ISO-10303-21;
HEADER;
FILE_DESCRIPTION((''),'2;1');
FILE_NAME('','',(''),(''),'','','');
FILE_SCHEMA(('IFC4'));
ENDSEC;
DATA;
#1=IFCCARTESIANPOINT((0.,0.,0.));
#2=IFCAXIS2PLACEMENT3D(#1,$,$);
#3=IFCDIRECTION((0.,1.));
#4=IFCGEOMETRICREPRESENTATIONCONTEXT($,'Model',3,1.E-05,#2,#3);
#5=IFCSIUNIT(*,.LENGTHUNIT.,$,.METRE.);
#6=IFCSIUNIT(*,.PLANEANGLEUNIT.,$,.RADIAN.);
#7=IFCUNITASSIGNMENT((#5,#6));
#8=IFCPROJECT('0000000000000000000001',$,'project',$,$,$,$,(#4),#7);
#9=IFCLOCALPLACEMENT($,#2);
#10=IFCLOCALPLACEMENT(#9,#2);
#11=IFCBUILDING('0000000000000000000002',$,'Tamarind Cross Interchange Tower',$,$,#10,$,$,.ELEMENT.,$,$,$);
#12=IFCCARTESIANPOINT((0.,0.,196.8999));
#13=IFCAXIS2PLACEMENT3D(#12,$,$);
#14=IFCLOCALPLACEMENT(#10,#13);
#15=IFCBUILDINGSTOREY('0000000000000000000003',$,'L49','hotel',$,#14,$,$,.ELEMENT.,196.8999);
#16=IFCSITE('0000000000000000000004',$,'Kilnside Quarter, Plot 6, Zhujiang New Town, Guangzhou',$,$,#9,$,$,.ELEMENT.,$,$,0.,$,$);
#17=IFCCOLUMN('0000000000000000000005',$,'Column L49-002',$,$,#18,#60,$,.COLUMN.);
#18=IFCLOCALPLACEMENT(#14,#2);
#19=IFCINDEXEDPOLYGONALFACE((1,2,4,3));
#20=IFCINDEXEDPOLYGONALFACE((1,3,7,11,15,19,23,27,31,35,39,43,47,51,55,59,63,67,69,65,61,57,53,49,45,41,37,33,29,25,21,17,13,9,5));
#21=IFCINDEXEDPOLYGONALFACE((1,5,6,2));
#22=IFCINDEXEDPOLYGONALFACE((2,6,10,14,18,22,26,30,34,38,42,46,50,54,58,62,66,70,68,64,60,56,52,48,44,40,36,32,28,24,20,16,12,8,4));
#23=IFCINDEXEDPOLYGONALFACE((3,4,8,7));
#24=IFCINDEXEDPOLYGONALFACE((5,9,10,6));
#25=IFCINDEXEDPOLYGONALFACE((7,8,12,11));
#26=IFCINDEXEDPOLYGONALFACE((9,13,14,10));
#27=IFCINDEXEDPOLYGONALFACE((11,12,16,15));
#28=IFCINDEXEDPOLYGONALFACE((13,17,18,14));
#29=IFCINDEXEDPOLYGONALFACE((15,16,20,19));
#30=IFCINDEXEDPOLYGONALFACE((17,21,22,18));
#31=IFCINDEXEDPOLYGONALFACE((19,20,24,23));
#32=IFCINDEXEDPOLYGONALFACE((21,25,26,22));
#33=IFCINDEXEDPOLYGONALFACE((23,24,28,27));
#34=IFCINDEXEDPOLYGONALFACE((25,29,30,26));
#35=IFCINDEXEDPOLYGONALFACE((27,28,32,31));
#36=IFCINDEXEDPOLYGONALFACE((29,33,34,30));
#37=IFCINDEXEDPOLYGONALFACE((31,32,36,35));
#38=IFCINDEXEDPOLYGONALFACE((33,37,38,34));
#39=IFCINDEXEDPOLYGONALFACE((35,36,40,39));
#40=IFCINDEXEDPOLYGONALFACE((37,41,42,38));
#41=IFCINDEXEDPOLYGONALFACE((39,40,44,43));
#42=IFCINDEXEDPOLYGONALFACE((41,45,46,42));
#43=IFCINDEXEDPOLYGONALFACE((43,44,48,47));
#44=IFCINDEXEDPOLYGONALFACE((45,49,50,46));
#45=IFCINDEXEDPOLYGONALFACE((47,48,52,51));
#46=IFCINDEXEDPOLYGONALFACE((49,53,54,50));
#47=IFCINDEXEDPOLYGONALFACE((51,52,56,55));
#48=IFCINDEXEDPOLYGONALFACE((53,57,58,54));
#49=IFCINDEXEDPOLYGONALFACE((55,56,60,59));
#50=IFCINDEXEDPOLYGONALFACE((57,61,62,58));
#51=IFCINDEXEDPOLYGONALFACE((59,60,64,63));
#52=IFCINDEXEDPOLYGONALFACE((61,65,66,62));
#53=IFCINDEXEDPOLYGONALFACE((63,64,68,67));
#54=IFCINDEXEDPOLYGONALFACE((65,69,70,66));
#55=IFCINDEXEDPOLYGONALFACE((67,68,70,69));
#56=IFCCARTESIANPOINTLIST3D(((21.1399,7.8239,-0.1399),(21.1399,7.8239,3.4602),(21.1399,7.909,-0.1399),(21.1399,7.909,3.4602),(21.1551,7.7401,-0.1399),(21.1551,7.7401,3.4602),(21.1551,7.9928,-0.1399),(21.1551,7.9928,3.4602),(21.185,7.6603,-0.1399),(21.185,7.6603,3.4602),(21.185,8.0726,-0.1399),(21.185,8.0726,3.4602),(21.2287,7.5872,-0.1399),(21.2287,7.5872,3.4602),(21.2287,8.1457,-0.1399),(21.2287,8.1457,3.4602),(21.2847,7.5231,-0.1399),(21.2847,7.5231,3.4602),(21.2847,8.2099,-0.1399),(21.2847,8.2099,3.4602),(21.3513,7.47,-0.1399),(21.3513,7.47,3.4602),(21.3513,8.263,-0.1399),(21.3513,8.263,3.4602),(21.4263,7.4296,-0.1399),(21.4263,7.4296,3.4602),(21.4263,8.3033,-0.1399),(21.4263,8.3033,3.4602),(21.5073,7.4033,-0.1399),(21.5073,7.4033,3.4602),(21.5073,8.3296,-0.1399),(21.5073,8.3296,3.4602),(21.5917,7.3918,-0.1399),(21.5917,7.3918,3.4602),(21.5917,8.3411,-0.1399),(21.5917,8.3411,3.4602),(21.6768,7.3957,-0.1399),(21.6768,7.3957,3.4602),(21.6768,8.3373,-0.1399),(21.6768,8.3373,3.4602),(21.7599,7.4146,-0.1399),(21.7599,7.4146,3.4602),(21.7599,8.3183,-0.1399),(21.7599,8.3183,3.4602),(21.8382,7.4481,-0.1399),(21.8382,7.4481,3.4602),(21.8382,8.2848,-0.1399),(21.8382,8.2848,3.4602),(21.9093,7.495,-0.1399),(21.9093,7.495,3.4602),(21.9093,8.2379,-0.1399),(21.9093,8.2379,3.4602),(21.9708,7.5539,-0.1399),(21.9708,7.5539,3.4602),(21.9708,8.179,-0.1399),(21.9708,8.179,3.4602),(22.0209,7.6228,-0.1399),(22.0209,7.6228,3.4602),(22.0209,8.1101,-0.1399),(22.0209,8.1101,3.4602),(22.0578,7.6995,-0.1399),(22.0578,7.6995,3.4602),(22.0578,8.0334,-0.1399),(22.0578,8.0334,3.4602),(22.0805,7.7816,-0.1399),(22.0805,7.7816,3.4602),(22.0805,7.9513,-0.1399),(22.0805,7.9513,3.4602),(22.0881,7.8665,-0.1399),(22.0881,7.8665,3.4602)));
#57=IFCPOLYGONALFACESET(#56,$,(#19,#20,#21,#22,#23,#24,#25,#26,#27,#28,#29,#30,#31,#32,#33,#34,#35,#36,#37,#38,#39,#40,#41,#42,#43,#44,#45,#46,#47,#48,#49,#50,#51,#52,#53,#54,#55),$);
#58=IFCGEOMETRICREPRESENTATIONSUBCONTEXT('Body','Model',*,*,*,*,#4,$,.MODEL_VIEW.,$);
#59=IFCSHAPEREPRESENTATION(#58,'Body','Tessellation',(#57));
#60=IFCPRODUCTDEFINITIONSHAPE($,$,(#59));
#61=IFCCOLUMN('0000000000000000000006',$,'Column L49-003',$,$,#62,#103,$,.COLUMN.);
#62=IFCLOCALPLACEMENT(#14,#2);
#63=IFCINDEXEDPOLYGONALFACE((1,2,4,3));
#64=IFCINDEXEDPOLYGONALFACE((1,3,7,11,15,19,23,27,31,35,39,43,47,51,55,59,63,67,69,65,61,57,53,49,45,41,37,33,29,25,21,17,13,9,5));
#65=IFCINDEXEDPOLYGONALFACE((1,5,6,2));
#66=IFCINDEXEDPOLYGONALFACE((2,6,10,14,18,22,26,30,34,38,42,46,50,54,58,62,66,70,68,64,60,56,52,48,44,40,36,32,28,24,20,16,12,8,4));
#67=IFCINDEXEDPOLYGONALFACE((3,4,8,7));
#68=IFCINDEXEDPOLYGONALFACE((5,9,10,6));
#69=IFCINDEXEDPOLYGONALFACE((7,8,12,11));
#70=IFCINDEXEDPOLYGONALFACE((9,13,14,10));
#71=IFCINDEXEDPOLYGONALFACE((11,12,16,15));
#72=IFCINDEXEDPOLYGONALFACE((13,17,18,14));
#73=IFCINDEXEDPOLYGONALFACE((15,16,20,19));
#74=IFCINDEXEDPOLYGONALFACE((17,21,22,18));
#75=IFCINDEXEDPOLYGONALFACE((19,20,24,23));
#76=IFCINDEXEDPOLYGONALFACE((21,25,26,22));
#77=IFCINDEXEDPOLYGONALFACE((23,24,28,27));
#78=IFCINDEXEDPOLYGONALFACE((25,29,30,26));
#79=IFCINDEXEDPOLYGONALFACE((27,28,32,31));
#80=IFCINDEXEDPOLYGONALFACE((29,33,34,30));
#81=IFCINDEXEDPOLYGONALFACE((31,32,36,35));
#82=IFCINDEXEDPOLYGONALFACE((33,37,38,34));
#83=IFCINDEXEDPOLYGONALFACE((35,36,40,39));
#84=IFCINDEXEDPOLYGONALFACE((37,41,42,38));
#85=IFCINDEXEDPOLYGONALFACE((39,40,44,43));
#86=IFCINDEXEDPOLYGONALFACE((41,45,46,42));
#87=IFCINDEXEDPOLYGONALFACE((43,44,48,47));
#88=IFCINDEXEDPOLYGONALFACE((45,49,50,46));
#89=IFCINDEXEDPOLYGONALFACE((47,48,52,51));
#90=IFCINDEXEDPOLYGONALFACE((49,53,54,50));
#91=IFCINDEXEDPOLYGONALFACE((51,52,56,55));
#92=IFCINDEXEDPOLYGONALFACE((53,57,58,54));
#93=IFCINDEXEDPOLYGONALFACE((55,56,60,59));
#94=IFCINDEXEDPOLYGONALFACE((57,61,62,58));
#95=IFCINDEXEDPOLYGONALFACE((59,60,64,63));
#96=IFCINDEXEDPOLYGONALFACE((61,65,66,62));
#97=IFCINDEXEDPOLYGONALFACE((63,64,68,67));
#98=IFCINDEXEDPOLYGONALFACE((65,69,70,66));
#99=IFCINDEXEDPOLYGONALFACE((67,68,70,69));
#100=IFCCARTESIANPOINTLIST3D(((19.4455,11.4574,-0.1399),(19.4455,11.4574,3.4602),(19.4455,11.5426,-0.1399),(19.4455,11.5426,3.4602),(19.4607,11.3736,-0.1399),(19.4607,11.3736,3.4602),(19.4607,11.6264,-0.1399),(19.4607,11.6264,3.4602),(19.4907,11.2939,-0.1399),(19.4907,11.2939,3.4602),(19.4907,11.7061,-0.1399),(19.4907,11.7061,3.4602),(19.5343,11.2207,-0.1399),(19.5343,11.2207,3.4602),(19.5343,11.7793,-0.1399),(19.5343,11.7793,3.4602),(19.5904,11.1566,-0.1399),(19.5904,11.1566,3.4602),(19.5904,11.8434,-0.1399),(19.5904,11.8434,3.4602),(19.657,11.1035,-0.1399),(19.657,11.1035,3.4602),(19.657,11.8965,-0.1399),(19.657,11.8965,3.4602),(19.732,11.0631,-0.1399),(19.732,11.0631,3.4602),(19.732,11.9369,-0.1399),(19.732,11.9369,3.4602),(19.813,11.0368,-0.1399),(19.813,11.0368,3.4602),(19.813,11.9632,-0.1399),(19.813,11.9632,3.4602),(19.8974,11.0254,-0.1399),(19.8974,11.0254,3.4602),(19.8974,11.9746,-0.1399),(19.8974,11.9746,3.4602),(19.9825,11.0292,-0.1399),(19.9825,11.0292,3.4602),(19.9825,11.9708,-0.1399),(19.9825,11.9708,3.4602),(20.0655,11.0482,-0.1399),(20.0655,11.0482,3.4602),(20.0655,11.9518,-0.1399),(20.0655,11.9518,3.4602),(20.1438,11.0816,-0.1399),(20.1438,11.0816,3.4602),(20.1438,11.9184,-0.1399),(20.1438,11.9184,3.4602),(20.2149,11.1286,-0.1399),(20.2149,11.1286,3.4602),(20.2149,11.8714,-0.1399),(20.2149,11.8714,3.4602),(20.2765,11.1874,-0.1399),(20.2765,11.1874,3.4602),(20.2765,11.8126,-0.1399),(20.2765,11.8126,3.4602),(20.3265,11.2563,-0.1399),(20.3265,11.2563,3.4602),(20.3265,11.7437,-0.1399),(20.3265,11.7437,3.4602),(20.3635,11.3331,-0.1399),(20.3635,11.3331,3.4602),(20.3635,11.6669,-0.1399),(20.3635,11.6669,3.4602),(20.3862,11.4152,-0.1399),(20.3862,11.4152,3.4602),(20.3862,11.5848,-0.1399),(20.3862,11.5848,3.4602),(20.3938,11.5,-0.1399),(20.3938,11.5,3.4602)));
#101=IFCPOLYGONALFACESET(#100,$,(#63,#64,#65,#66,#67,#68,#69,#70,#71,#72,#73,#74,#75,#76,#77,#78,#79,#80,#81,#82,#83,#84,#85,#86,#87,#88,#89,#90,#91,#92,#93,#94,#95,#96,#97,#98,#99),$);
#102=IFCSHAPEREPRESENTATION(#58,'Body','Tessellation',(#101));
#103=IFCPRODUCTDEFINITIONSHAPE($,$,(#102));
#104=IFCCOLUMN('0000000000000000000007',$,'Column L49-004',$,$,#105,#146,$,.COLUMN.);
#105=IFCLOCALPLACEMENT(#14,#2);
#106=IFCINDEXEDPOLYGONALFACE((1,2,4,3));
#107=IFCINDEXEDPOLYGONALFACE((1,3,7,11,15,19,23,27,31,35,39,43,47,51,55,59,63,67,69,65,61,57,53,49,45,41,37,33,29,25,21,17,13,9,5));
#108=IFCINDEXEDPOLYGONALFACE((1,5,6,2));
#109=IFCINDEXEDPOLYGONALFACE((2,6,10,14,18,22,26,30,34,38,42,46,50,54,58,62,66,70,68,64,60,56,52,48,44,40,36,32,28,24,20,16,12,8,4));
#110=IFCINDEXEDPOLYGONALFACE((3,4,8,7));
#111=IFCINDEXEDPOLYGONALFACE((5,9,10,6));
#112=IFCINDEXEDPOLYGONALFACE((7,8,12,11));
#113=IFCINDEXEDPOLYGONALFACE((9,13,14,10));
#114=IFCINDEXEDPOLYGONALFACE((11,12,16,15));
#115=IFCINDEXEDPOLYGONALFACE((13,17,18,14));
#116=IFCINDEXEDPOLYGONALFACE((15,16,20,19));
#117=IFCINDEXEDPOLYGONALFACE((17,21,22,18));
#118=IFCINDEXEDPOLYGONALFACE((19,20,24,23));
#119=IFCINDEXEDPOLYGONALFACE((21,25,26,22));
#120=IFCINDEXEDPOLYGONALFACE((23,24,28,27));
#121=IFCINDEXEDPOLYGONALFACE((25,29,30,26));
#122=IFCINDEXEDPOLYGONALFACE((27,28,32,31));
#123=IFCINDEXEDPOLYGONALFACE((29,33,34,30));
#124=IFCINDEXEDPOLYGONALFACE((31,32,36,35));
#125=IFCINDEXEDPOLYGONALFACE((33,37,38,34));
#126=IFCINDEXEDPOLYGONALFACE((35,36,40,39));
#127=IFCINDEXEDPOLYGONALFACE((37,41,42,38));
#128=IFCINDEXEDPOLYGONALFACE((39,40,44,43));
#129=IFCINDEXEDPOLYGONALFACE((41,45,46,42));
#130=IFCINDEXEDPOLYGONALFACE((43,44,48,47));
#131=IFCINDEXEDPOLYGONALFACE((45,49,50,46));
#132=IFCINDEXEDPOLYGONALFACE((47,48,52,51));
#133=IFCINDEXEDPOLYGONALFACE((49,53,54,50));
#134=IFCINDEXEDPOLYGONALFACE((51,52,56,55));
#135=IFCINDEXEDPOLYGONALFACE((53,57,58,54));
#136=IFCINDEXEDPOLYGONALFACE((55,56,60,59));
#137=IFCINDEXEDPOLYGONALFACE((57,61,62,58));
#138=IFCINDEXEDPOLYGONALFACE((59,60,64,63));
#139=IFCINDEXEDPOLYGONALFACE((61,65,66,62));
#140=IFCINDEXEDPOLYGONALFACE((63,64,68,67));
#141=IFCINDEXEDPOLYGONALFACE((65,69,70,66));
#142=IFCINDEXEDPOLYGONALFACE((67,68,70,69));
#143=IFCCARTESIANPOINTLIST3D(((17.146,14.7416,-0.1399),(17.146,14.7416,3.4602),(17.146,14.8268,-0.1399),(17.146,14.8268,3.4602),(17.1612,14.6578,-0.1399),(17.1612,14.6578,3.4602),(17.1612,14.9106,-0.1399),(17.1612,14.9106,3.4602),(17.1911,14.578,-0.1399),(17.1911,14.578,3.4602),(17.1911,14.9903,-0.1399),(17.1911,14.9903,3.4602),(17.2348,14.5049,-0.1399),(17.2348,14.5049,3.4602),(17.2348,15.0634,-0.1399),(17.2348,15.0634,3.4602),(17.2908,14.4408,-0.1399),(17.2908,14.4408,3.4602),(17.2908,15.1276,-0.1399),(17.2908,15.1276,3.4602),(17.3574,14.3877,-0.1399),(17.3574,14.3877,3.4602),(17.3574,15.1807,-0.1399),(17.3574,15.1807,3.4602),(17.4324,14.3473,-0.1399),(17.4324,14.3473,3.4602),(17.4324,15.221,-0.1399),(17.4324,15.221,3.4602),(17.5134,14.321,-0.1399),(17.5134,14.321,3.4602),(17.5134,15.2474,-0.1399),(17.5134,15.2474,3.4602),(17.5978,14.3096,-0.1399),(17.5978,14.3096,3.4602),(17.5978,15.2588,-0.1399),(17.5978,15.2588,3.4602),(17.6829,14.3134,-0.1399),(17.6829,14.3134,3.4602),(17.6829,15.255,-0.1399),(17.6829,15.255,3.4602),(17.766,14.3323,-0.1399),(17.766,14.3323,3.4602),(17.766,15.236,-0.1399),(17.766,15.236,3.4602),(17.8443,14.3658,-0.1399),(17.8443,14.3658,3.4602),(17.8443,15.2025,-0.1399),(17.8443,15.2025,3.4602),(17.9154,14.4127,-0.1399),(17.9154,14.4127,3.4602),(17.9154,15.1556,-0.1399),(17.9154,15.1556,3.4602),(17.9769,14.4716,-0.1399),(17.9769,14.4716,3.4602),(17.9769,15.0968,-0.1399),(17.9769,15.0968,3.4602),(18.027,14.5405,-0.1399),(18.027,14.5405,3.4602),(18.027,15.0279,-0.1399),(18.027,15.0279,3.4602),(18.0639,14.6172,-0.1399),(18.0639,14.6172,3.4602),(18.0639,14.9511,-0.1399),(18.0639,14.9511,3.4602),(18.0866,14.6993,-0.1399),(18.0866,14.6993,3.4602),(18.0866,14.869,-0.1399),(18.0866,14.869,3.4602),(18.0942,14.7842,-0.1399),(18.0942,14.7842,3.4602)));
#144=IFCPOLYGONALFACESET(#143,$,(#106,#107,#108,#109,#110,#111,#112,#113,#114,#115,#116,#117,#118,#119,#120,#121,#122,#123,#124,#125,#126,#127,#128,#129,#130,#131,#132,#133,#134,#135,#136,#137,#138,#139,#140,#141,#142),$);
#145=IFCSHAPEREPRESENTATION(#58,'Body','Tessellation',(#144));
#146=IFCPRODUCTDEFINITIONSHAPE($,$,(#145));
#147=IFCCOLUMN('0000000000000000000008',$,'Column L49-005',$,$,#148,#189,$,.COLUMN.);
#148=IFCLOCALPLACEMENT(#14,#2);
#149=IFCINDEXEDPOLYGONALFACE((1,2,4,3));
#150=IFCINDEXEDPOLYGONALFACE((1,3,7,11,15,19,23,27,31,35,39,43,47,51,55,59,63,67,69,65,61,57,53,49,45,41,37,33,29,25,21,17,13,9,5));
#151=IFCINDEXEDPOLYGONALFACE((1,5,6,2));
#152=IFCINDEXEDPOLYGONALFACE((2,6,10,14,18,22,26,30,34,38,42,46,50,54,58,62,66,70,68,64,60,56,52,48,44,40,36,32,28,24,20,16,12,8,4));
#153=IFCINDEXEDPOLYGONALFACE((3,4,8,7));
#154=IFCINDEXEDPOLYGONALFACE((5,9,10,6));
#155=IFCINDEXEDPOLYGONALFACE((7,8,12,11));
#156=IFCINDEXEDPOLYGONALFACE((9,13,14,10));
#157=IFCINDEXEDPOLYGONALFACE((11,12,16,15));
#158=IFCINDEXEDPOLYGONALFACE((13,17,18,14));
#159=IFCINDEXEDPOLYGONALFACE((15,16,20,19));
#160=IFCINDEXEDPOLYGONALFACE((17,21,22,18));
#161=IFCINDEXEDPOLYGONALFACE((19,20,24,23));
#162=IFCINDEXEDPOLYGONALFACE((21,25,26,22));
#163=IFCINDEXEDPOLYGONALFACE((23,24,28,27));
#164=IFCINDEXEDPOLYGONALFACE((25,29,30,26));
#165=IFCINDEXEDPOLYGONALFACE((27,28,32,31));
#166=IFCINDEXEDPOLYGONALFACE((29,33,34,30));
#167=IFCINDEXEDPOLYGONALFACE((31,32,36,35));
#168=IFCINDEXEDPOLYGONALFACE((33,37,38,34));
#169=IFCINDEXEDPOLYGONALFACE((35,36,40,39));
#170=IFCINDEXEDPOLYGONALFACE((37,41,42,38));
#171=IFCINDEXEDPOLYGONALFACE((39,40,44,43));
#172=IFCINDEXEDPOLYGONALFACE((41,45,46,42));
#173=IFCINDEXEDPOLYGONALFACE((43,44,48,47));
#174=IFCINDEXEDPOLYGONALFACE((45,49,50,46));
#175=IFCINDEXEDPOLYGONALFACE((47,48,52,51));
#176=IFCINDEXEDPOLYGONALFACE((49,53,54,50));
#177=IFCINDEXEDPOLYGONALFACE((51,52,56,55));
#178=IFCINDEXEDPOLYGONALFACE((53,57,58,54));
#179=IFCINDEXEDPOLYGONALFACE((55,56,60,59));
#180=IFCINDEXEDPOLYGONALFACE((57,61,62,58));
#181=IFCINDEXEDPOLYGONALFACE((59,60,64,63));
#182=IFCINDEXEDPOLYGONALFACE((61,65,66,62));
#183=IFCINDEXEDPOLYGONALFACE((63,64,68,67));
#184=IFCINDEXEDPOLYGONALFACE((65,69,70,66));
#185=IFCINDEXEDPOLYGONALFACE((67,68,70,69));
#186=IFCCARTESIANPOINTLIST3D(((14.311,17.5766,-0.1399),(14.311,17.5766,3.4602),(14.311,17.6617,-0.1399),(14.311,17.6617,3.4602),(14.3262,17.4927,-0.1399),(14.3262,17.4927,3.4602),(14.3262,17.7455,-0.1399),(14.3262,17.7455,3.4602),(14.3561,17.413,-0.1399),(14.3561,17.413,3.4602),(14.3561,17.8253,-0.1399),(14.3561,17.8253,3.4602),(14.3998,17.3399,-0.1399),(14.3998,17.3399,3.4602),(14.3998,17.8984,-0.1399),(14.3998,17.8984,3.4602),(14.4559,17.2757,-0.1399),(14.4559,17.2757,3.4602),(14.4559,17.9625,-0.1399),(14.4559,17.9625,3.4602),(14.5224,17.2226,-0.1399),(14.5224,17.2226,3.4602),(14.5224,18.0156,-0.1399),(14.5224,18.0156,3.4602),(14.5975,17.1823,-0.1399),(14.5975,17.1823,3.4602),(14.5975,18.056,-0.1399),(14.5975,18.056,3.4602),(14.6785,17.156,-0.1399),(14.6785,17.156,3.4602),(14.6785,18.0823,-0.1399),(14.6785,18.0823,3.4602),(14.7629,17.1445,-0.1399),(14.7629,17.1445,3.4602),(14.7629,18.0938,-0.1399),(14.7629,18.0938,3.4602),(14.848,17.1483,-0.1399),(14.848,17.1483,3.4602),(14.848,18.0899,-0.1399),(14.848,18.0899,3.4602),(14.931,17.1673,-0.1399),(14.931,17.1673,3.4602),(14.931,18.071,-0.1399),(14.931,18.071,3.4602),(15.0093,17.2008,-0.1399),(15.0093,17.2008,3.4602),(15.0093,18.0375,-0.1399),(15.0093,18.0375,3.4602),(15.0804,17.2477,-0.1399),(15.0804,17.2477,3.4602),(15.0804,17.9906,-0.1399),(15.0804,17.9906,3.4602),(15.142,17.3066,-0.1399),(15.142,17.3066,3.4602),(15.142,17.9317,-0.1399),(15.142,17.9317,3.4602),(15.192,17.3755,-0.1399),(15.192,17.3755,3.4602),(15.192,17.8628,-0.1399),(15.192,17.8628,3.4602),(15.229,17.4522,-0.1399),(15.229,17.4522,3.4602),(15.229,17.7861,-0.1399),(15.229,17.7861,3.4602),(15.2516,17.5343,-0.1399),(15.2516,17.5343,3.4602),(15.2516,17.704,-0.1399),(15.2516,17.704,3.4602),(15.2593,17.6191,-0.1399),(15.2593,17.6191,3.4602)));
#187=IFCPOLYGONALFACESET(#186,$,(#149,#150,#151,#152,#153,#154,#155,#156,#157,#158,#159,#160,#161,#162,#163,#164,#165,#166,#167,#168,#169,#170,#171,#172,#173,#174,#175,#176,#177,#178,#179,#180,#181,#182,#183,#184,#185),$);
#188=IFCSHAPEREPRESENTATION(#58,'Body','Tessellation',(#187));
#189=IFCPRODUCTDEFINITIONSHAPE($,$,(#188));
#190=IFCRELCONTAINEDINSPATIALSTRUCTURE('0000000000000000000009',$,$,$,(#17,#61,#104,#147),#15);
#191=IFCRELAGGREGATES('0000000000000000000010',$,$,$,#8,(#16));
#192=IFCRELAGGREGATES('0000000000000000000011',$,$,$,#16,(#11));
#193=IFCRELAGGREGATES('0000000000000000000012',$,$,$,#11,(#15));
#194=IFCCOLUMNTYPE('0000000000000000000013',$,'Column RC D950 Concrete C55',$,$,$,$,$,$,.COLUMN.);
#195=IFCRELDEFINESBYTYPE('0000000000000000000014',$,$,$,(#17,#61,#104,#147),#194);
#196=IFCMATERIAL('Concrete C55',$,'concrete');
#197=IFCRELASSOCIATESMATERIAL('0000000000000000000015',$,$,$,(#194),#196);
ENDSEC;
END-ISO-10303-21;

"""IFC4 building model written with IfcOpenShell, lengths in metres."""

from ifc_helpers import new_model, si_unit, direction, frame, origin, origin_2d, place, context, subcontext, project, spatial, circle, extrude, material, material_profile, profile_set, type_object, element, save


model = new_model("IFC4")

# Units and contexts
model_context = context("Model", 3, precision=1e-05, world=origin(), true_north=direction((0.0, 1.0)))
body_context = subcontext(model_context, "Body", "Model", "MODEL_VIEW")
ifc_project = project(units=[si_unit("LENGTHUNIT", "METRE"), si_unit("PLANEANGLEUNIT", "RADIAN")], contexts=[model_context])

# Site, building, storey
site_placement = place(None, origin())
site = spatial("IfcSite", under=ifc_project, at=site_placement, Name="Kilnside Quarter, Plot 6, Zhujiang New Town, Guangzhou", CompositionType="ELEMENT", RefElevation=0.0)
building_placement = place(site_placement, origin())
building = spatial("IfcBuilding", under=site, at=building_placement, Name="Tamarind Cross Interchange Tower", CompositionType="ELEMENT")
storey_placement = place(building_placement, frame((0.0, 0.0, 196.8999)))
storey = spatial("IfcBuildingStorey", under=building, at=storey_placement, Name="L49", Description="hotel", CompositionType="ELEMENT", Elevation=196.8999)

# Columns
ifc_material_1 = material(Name="Concrete C55", Category="concrete")
ifc_material_profile_1 = material_profile(ifc_material_1, circle(Radius=0.4751, at=origin_2d()), Name="RC D950")
ifc_profile_set_1 = profile_set([ifc_material_profile_1], Name="Concrete C55")
column_type = type_object("IfcColumnType", Name="Column RC D950 Concrete C55", PredefinedType="COLUMN", material=ifc_profile_set_1)
for number, where, z_axis, x_axis, name in (
    (1, (21.613, 7.8665, -0.1399), (0.0, 0.0, 1.0), (1.0, 0.0, 0.0), "Column L49-002"),
    (2, (19.9187, 11.5, -0.1399), (0.0, 0.0, 1.0), (1.0, 0.0, 0.0), "Column L49-003"),
    (3, (17.6191, 14.7842, -0.1399), (0.0, 0.0, 1.0), (1.0, 0.0, 0.0), "Column L49-004"),
    (4, (14.7842, 17.6191, -0.1399), (0.0, 0.0, 1.0), (1.0, 0.0, 0.0), "Column L49-005"),
):
    element("IfcColumn", number, at=place(storey_placement, frame(where, z_axis=z_axis, x_axis=x_axis)), inside=storey, type_object=column_type, Name=name, PredefinedType="COLUMN", context=body_context, shape_type="SweptSolid", body=[
        extrude(circle(Radius=0.4751, at=origin_2d()), origin(), (0.0, 0.0, 1.0), 3.6001),
    ])

save(model, "model.ifc")
